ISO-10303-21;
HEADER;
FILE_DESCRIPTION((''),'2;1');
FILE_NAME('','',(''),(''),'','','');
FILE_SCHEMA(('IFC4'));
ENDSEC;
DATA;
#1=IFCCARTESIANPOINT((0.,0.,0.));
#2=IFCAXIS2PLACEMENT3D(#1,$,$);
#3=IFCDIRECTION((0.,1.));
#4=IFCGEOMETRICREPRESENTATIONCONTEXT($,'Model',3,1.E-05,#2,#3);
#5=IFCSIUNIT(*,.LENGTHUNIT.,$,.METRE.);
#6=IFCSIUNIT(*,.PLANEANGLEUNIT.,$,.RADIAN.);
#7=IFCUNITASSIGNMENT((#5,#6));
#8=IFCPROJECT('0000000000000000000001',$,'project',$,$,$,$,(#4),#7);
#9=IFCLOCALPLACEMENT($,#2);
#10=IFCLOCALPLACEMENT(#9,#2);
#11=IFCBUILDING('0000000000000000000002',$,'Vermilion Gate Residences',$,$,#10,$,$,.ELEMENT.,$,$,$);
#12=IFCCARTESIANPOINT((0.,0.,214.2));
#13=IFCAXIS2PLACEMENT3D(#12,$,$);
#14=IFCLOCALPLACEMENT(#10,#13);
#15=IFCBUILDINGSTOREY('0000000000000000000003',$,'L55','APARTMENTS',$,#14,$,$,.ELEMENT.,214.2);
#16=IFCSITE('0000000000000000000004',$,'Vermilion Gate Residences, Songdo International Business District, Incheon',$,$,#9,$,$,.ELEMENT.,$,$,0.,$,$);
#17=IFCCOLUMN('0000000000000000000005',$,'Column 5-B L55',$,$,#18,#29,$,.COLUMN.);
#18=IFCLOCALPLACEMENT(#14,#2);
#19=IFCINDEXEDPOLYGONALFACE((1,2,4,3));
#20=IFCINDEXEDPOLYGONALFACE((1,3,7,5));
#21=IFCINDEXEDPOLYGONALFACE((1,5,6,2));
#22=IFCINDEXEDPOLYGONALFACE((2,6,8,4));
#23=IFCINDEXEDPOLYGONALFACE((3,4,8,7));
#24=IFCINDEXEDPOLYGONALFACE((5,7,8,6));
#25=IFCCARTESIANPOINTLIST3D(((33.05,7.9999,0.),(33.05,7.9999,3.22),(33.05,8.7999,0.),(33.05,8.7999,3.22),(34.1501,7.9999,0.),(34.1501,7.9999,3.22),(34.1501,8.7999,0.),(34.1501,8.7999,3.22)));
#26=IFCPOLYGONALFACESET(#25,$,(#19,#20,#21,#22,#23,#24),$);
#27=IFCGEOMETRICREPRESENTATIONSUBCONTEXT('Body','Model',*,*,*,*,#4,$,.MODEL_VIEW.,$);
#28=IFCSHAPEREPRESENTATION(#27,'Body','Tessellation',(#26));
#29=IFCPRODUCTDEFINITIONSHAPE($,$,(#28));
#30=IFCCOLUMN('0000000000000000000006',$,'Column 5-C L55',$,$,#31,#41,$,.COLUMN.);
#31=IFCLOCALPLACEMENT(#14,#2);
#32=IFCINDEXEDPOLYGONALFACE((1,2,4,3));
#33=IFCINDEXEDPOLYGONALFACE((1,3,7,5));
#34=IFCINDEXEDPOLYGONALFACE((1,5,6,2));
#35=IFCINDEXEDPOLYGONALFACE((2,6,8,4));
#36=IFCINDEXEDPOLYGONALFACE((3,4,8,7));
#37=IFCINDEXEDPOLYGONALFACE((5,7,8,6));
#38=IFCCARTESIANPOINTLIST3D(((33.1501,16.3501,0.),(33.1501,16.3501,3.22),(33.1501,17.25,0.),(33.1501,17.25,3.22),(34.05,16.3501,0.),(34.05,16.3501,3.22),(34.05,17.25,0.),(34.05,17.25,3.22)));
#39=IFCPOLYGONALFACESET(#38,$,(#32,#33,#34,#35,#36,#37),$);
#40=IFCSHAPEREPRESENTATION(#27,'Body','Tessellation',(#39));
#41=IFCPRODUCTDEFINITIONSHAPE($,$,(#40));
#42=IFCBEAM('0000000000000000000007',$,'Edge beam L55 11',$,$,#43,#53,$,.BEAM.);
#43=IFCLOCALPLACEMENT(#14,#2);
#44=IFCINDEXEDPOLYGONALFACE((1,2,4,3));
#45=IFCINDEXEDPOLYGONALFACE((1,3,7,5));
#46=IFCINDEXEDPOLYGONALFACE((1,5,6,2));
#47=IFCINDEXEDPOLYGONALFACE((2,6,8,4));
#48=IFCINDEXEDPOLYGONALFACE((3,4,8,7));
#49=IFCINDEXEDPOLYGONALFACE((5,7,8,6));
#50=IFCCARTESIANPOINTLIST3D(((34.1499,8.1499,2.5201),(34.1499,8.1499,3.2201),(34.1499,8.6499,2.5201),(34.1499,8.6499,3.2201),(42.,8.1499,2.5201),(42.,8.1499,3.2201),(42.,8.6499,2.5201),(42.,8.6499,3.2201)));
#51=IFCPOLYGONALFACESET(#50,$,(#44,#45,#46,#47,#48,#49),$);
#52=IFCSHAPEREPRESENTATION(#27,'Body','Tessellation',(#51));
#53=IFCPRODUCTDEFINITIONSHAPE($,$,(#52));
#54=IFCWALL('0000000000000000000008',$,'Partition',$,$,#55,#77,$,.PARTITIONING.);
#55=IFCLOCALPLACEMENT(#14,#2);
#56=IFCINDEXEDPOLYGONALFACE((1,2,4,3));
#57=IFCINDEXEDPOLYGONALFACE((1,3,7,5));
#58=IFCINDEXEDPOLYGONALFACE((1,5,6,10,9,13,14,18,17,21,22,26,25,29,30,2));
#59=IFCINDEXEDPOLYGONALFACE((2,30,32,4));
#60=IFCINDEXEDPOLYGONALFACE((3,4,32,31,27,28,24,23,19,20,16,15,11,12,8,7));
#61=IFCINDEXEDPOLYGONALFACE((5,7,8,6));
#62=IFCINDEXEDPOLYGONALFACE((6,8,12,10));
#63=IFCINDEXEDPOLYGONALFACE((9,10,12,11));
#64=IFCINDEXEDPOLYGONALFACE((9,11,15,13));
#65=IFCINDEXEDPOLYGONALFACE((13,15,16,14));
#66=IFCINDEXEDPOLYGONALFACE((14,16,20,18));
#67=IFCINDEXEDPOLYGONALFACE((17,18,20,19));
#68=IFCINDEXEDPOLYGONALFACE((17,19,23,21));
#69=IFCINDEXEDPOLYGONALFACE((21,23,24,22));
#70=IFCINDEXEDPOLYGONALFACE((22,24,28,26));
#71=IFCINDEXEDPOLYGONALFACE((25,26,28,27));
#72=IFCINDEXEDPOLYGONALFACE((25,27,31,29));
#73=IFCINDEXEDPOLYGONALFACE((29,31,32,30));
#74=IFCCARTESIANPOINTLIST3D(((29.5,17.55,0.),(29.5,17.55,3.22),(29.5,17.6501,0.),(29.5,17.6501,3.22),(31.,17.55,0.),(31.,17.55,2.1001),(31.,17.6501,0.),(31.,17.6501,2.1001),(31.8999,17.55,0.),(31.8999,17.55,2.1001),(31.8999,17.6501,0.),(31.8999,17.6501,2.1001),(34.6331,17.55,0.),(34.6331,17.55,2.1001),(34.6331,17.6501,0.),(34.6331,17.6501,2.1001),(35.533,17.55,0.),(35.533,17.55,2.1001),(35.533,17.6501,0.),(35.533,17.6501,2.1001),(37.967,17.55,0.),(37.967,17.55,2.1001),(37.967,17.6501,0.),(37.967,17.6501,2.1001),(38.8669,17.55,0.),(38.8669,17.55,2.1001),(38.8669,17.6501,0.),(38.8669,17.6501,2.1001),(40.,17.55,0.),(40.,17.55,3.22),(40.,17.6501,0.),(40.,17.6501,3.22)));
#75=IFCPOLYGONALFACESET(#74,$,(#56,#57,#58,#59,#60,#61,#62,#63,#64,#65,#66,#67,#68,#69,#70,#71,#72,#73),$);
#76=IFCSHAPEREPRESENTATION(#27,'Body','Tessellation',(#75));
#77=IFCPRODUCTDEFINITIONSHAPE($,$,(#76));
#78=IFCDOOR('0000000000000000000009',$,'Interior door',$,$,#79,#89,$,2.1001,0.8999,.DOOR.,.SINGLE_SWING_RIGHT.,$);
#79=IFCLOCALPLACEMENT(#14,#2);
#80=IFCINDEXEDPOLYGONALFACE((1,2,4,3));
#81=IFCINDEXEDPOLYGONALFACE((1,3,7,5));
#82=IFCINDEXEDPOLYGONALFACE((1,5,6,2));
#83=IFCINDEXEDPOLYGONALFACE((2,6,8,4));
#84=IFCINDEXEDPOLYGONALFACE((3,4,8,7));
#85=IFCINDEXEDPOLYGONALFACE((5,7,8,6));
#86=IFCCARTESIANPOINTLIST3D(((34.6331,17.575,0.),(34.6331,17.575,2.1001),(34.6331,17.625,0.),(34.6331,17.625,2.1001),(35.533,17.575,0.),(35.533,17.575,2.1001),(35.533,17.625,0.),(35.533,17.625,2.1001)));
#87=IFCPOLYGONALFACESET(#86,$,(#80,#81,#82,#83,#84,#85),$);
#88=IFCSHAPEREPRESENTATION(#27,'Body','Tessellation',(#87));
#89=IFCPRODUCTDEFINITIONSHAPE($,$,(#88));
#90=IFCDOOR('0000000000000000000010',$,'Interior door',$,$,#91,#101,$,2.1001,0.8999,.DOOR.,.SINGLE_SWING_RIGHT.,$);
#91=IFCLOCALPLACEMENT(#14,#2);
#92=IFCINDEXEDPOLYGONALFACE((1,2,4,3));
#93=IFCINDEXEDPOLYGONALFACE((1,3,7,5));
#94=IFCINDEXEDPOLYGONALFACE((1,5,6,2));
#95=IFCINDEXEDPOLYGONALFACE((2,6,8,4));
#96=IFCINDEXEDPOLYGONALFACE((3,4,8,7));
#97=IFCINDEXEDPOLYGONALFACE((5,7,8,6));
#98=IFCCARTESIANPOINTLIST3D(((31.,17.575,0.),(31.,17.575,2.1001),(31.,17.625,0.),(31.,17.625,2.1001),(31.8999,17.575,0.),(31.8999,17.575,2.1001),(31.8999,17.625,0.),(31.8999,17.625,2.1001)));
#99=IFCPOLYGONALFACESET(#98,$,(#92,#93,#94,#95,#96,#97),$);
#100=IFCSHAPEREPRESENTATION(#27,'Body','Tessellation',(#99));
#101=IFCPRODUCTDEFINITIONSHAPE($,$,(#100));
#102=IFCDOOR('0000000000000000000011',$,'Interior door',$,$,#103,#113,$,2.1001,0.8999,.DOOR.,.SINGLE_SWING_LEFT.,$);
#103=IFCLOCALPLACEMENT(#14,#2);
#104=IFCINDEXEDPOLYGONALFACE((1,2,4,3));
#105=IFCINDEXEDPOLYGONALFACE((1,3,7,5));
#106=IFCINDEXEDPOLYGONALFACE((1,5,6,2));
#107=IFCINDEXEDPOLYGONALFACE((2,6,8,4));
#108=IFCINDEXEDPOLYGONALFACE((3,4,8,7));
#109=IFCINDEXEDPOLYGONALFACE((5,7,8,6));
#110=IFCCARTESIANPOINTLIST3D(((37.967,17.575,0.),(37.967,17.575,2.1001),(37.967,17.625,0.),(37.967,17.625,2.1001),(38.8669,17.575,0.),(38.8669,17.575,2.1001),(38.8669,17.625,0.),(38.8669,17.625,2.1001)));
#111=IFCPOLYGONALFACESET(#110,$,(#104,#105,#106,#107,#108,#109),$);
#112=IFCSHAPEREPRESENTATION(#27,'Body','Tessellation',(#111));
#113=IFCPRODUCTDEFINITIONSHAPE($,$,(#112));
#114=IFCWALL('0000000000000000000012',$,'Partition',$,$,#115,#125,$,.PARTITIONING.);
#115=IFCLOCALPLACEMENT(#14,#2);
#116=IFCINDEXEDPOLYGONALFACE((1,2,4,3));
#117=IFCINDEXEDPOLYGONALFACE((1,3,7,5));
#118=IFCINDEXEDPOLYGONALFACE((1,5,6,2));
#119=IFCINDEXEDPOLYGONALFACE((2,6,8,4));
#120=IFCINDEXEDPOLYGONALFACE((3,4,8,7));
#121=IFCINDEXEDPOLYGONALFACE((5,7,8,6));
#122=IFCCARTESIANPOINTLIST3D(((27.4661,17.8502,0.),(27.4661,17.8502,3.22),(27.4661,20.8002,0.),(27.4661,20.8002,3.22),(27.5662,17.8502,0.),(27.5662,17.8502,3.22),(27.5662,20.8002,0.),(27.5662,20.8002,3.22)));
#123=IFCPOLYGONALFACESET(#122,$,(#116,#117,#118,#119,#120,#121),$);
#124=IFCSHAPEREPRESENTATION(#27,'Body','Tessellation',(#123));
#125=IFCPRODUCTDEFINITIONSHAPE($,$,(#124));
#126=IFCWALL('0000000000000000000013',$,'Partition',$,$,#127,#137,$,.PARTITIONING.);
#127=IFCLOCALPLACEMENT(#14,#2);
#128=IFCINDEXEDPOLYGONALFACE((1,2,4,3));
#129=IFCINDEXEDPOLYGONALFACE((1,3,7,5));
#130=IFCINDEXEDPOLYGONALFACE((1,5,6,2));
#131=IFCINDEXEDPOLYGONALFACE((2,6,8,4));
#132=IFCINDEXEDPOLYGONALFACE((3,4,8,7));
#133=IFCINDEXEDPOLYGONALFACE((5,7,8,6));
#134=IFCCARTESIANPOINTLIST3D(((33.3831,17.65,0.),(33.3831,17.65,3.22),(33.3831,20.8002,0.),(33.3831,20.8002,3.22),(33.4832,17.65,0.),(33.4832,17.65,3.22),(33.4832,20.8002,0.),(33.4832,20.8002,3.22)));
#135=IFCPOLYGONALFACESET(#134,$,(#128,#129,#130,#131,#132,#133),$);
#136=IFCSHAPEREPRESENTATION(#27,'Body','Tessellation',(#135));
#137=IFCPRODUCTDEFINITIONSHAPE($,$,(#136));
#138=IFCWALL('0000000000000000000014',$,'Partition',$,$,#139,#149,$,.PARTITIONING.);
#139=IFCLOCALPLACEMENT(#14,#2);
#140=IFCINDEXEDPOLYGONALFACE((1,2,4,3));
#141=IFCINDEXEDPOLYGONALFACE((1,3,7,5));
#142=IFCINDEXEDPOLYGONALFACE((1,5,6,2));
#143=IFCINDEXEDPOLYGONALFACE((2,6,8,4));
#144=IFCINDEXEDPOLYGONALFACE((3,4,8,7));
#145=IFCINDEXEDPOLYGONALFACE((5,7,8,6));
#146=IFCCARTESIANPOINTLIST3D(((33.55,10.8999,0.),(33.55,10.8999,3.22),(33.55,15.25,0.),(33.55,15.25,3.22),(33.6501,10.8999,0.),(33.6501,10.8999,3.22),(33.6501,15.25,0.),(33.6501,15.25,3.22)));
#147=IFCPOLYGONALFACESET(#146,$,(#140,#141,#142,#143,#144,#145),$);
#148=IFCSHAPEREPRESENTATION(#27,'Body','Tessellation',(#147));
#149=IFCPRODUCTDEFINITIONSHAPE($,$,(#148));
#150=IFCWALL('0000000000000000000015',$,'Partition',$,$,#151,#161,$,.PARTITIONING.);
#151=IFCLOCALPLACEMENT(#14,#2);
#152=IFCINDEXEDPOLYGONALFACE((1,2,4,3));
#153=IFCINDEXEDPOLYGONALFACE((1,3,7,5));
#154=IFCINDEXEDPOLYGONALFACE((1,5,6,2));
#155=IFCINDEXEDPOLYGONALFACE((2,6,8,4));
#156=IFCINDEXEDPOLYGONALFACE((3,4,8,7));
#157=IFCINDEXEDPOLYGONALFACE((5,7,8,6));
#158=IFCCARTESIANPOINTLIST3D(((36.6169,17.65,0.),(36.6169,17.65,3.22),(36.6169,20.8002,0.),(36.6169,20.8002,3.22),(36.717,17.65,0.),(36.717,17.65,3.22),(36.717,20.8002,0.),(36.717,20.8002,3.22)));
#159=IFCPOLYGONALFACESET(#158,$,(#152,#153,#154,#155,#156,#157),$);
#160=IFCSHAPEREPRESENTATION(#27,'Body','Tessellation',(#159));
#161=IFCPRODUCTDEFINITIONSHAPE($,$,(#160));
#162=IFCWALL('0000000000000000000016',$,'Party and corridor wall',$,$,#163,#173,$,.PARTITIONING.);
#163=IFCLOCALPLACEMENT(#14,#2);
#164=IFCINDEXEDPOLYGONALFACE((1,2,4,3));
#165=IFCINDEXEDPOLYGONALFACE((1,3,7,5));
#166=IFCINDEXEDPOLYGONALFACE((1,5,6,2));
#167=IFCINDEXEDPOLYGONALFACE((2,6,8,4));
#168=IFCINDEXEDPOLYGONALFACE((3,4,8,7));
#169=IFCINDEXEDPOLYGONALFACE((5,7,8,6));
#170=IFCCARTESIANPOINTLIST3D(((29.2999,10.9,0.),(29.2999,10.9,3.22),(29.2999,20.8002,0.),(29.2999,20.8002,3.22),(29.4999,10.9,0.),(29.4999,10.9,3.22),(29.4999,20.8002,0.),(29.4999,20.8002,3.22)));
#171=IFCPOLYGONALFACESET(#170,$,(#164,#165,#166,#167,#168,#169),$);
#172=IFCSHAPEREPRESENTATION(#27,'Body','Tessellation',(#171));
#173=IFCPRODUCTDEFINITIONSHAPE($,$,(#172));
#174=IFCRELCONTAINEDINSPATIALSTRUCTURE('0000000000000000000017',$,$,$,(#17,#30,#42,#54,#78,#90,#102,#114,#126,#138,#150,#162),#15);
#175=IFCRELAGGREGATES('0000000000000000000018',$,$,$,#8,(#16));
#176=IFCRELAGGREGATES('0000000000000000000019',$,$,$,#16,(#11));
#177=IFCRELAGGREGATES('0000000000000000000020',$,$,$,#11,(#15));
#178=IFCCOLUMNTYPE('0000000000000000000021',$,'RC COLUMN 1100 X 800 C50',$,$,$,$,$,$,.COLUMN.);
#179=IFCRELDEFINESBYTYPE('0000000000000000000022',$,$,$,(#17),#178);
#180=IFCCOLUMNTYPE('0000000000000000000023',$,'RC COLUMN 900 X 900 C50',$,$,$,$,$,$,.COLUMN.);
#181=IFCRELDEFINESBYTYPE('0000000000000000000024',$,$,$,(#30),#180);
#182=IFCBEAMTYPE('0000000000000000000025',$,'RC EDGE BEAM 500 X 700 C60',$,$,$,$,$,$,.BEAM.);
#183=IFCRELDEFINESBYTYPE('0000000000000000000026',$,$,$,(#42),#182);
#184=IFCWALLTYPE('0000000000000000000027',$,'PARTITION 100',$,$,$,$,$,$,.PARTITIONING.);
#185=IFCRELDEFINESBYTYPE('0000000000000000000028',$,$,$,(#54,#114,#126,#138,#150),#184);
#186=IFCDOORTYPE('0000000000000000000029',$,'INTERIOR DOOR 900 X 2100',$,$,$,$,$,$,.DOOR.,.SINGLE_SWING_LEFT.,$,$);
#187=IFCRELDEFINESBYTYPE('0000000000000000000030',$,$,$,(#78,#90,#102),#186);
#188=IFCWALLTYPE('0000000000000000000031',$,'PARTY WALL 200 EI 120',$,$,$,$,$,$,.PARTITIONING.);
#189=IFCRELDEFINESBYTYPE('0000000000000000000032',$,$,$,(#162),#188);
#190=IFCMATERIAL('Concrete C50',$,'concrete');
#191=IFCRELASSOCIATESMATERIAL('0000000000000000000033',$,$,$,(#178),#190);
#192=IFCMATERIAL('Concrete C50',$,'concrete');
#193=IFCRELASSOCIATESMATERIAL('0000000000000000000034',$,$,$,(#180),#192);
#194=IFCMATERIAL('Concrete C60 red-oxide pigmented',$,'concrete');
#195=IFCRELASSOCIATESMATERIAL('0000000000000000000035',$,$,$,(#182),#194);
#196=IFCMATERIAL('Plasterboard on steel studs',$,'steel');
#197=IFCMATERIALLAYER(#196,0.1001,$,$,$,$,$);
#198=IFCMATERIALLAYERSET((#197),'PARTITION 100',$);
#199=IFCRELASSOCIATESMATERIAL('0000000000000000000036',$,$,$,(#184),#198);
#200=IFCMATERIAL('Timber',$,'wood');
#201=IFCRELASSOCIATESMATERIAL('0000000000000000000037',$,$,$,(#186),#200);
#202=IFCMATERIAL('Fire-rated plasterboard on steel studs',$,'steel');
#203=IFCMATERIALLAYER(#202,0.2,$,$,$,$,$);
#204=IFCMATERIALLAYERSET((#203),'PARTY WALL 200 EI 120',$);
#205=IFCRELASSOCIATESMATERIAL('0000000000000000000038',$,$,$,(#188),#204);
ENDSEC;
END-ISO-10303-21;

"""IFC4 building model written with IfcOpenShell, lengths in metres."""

from ifc_helpers import new_model, si_unit, direction, frame, frame_2d, origin, origin_2d, place, context, subcontext, project, spatial, rectangle, extrude, material, layer, layer_set, material_profile, profile_set, type_object, element, fill, save


model = new_model("IFC4")

# Units and contexts
model_context = context("Model", 3, precision=1e-05, world=origin(), true_north=direction((0.0, 1.0)))
body_context = subcontext(model_context, "Body", "Model", "MODEL_VIEW")
ifc_project = project(units=[si_unit("LENGTHUNIT", "METRE"), si_unit("PLANEANGLEUNIT", "RADIAN")], contexts=[model_context])

# Site, building, storey
site_placement = place(None, origin())
site = spatial("IfcSite", under=ifc_project, at=site_placement, Name="Vermilion Gate Residences, Songdo International Business District, Incheon", CompositionType="ELEMENT", RefElevation=0.0)
building_placement = place(site_placement, origin())
building = spatial("IfcBuilding", under=site, at=building_placement, Name="Vermilion Gate Residences", CompositionType="ELEMENT")
storey_placement = place(building_placement, frame((0.0, 0.0, 214.2)))
storey = spatial("IfcBuildingStorey", under=building, at=storey_placement, Name="L55", Description="APARTMENTS", CompositionType="ELEMENT", Elevation=214.2)

# Columns
ifc_material_1 = material(Name="Concrete C50", Category="concrete")
ifc_material_profile_1 = material_profile(ifc_material_1, rectangle(XDim=1.1001, YDim=0.8, at=origin_2d()), Name="RC-1100x800")
ifc_profile_set_1 = profile_set([ifc_material_profile_1], Name="Concrete C50")
column_type_1 = type_object("IfcColumnType", Name="RC COLUMN 1100 X 800 C50", PredefinedType="COLUMN", material=ifc_profile_set_1)
column_1_placement = place(storey_placement, frame((33.6001, 8.3999, 0.0), z_axis=(0.0, 0.0, 1.0), x_axis=(1.0, 0.0, 0.0)))
element("IfcColumn", 1, at=column_1_placement, inside=storey, type_object=column_type_1, Name="Column 5-B L55", PredefinedType="COLUMN", context=body_context, shape_type="SweptSolid", body=[
    extrude(rectangle(XDim=1.1001, YDim=0.8, at=origin_2d()), origin(), (0.0, 0.0, 1.0), 3.22),
])
ifc_material_2 = material(Name="Concrete C50", Category="concrete")
ifc_material_profile_2 = material_profile(ifc_material_2, rectangle(XDim=0.8999, YDim=0.8999, at=origin_2d()), Name="RC-900x900")
ifc_profile_set_2 = profile_set([ifc_material_profile_2], Name="Concrete C50")
column_type_2 = type_object("IfcColumnType", Name="RC COLUMN 900 X 900 C50", PredefinedType="COLUMN", material=ifc_profile_set_2)
column_2_placement = place(storey_placement, frame((33.6001, 16.8, 0.0), z_axis=(0.0, 0.0, 1.0), x_axis=(1.0, 0.0, 0.0)))
element("IfcColumn", 2, at=column_2_placement, inside=storey, type_object=column_type_2, Name="Column 5-C L55", PredefinedType="COLUMN", context=body_context, shape_type="SweptSolid", body=[
    extrude(rectangle(XDim=0.8999, YDim=0.8999, at=origin_2d()), origin(), (0.0, 0.0, 1.0), 3.22),
])

# Beam
ifc_material_3 = material(Name="Concrete C60 red-oxide pigmented", Category="concrete")
ifc_material_profile_3 = material_profile(ifc_material_3, rectangle(XDim=0.5, YDim=0.7, at=origin_2d()), Name="RC-500x700")
ifc_profile_set_3 = profile_set([ifc_material_profile_3], Name="Concrete C60 red-oxide pigmented")
beam_type = type_object("IfcBeamType", Name="RC EDGE BEAM 500 X 700 C60", PredefinedType="BEAM", material=ifc_profile_set_3)
beam_placement = place(storey_placement, frame((34.1499, 8.3999, 2.8701), z_axis=(1.0, 0.0, 0.0), x_axis=(0.0, 1.0, 0.0)))
element("IfcBeam", 3, at=beam_placement, inside=storey, type_object=beam_type, Name="Edge beam L55 11", PredefinedType="BEAM", context=body_context, shape_type="SweptSolid", body=[
    extrude(rectangle(XDim=0.5, YDim=0.7, at=origin_2d()), origin(), (0.0, 0.0, 1.0), 7.8501),
])

# Wall, openings, doors
ifc_material_4 = material(Name="Plasterboard on steel studs", Category="steel")
ifc_layer_1 = layer(ifc_material_4, 0.1001)
ifc_layer_set_1 = layer_set([ifc_layer_1], Name="PARTITION 100")
wall_type_1 = type_object("IfcWallType", Name="PARTITION 100", PredefinedType="PARTITIONING", material=ifc_layer_set_1)
wall_1_placement = place(storey_placement, frame((29.5, 17.6001, 0.0), z_axis=(0.0, 0.0, 1.0), x_axis=(1.0, 0.0, 0.0)))
wall_1 = element("IfcWall", 4, at=wall_1_placement, inside=storey, type_object=wall_type_1, Name="Partition", PredefinedType="PARTITIONING", context=body_context, shape_type="SweptSolid", body=[
    extrude(rectangle(XDim=10.5, YDim=0.1001, at=frame_2d((5.25, 0.0))), origin(), (0.0, 0.0, 1.0), 3.22),
])
opening_1_placement = place(wall_1_placement, frame((5.1331, 0.0, 0.0)))
opening_1 = element("IfcOpeningElement", 5, at=opening_1_placement, cuts=wall_1, PredefinedType="OPENING", context=body_context, shape_type="SweptSolid", body=[
    extrude(rectangle(XDim=0.8999, YDim=2.1001, at=frame_2d((0.45, 1.05))), frame((0.0, 0.0601, 0.0), z_axis=(0.0, -1.0, 0.0), x_axis=(1.0, 0.0, 0.0)), (0.0, 0.0, 1.0), 0.1201),
])
opening_2_placement = place(wall_1_placement, frame((1.5, 0.0, 0.0)))
opening_2 = element("IfcOpeningElement", 6, at=opening_2_placement, cuts=wall_1, PredefinedType="OPENING", context=body_context, shape_type="SweptSolid", body=[
    extrude(rectangle(XDim=0.8999, YDim=2.1001, at=frame_2d((0.45, 1.05))), frame((0.0, 0.0601, 0.0), z_axis=(0.0, -1.0, 0.0), x_axis=(1.0, 0.0, 0.0)), (0.0, 0.0, 1.0), 0.1201),
])
opening_3_placement = place(wall_1_placement, frame((8.467, 0.0, 0.0)))
opening_3 = element("IfcOpeningElement", 7, at=opening_3_placement, cuts=wall_1, PredefinedType="OPENING", context=body_context, shape_type="SweptSolid", body=[
    extrude(rectangle(XDim=0.8999, YDim=2.1001, at=frame_2d((0.45, 1.05))), frame((0.0, 0.0601, 0.0), z_axis=(0.0, -1.0, 0.0), x_axis=(1.0, 0.0, 0.0)), (0.0, 0.0, 1.0), 0.1201),
])
ifc_material_5 = material(Name="Timber", Category="wood")
door_type = type_object("IfcDoorType", Name="INTERIOR DOOR 900 X 2100", OperationType="SINGLE_SWING_LEFT", PredefinedType="DOOR", material=ifc_material_5)
door_1_placement = place(opening_1_placement, origin())
door_1 = element("IfcDoor", 8, at=door_1_placement, inside=storey, type_object=door_type, Name="Interior door", OperationType="SINGLE_SWING_RIGHT", OverallHeight=2.1001, OverallWidth=0.8999, PredefinedType="DOOR", context=body_context, shape_type="SweptSolid", body=[
    extrude(rectangle(XDim=0.8999, YDim=2.1001, at=frame_2d((0.45, 1.05))), frame((0.0, 0.0249, 0.0), z_axis=(0.0, -1.0, 0.0), x_axis=(1.0, 0.0, 0.0)), (0.0, 0.0, 1.0), 0.05),
])
fill(opening_1, door_1)
door_2_placement = place(opening_2_placement, origin())
door_2 = element("IfcDoor", 9, at=door_2_placement, inside=storey, type_object=door_type, Name="Interior door", OperationType="SINGLE_SWING_RIGHT", OverallHeight=2.1001, OverallWidth=0.8999, PredefinedType="DOOR", context=body_context, shape_type="SweptSolid", body=[
    extrude(rectangle(XDim=0.8999, YDim=2.1001, at=frame_2d((0.45, 1.05))), frame((0.0, 0.0249, 0.0), z_axis=(0.0, -1.0, 0.0), x_axis=(1.0, 0.0, 0.0)), (0.0, 0.0, 1.0), 0.05),
])
fill(opening_2, door_2)
door_3_placement = place(opening_3_placement, origin())
door_3 = element("IfcDoor", 10, at=door_3_placement, inside=storey, type_object=door_type, Name="Interior door", OperationType="SINGLE_SWING_LEFT", OverallHeight=2.1001, OverallWidth=0.8999, PredefinedType="DOOR", context=body_context, shape_type="SweptSolid", body=[
    extrude(rectangle(XDim=0.8999, YDim=2.1001, at=frame_2d((0.45, 1.05))), frame((0.0, 0.0249, 0.0), z_axis=(0.0, -1.0, 0.0), x_axis=(1.0, 0.0, 0.0)), (0.0, 0.0, 1.0), 0.05),
])
fill(opening_3, door_3)

# Walls
wall_2_placement = place(storey_placement, frame((27.5161, 17.8501, 0.0), z_axis=(0.0, 0.0, 1.0), x_axis=(0.0, 1.0, 0.0)))
element("IfcWall", 11, at=wall_2_placement, inside=storey, type_object=wall_type_1, Name="Partition", PredefinedType="PARTITIONING", context=body_context, shape_type="SweptSolid", body=[
    extrude(rectangle(XDim=2.95, YDim=0.1001, at=frame_2d((1.4751, 0.0))), origin(), (0.0, 0.0, 1.0), 3.22),
])
wall_3_placement = place(storey_placement, frame((33.4331, 17.6499, 0.0), z_axis=(0.0, 0.0, 1.0), x_axis=(0.0, 1.0, 0.0)))
element("IfcWall", 12, at=wall_3_placement, inside=storey, type_object=wall_type_1, Name="Partition", PredefinedType="PARTITIONING", context=body_context, shape_type="SweptSolid", body=[
    extrude(rectangle(XDim=3.1501, YDim=0.1001, at=frame_2d((1.5752, 0.0))), origin(), (0.0, 0.0, 1.0), 3.22),
])
wall_4_placement = place(storey_placement, frame((33.6001, 10.8999, 0.0), z_axis=(0.0, 0.0, 1.0), x_axis=(0.0, 1.0, 0.0)))
element("IfcWall", 13, at=wall_4_placement, inside=storey, type_object=wall_type_1, Name="Partition", PredefinedType="PARTITIONING", context=body_context, shape_type="SweptSolid", body=[
    extrude(rectangle(XDim=4.3501, YDim=0.1001, at=frame_2d((2.175, 0.0))), origin(), (0.0, 0.0, 1.0), 3.22),
])
wall_5_placement = place(storey_placement, frame((36.667, 17.6499, 0.0), z_axis=(0.0, 0.0, 1.0), x_axis=(0.0, 1.0, 0.0)))
element("IfcWall", 14, at=wall_5_placement, inside=storey, type_object=wall_type_1, Name="Partition", PredefinedType="PARTITIONING", context=body_context, shape_type="SweptSolid", body=[
    extrude(rectangle(XDim=3.1501, YDim=0.1001, at=frame_2d((1.5752, 0.0))), origin(), (0.0, 0.0, 1.0), 3.22),
])
ifc_material_6 = material(Name="Fire-rated plasterboard on steel studs", Category="steel")
ifc_layer_2 = layer(ifc_material_6, 0.2)
ifc_layer_set_2 = layer_set([ifc_layer_2], Name="PARTY WALL 200 EI 120")
wall_type_2 = type_object("IfcWallType", Name="PARTY WALL 200 EI 120", PredefinedType="PARTITIONING", material=ifc_layer_set_2)
wall_6_placement = place(storey_placement, frame((29.3999, 10.8999, 0.0), z_axis=(0.0, 0.0, 1.0), x_axis=(0.0, 1.0, 0.0)))
element("IfcWall", 15, at=wall_6_placement, inside=storey, type_object=wall_type_2, Name="Party and corridor wall", PredefinedType="PARTITIONING", context=body_context, shape_type="SweptSolid", body=[
    extrude(rectangle(XDim=9.9001, YDim=0.2, at=frame_2d((4.9502, 0.0))), origin(), (0.0, 0.0, 1.0), 3.22),
])

save(model, "model.ifc")
